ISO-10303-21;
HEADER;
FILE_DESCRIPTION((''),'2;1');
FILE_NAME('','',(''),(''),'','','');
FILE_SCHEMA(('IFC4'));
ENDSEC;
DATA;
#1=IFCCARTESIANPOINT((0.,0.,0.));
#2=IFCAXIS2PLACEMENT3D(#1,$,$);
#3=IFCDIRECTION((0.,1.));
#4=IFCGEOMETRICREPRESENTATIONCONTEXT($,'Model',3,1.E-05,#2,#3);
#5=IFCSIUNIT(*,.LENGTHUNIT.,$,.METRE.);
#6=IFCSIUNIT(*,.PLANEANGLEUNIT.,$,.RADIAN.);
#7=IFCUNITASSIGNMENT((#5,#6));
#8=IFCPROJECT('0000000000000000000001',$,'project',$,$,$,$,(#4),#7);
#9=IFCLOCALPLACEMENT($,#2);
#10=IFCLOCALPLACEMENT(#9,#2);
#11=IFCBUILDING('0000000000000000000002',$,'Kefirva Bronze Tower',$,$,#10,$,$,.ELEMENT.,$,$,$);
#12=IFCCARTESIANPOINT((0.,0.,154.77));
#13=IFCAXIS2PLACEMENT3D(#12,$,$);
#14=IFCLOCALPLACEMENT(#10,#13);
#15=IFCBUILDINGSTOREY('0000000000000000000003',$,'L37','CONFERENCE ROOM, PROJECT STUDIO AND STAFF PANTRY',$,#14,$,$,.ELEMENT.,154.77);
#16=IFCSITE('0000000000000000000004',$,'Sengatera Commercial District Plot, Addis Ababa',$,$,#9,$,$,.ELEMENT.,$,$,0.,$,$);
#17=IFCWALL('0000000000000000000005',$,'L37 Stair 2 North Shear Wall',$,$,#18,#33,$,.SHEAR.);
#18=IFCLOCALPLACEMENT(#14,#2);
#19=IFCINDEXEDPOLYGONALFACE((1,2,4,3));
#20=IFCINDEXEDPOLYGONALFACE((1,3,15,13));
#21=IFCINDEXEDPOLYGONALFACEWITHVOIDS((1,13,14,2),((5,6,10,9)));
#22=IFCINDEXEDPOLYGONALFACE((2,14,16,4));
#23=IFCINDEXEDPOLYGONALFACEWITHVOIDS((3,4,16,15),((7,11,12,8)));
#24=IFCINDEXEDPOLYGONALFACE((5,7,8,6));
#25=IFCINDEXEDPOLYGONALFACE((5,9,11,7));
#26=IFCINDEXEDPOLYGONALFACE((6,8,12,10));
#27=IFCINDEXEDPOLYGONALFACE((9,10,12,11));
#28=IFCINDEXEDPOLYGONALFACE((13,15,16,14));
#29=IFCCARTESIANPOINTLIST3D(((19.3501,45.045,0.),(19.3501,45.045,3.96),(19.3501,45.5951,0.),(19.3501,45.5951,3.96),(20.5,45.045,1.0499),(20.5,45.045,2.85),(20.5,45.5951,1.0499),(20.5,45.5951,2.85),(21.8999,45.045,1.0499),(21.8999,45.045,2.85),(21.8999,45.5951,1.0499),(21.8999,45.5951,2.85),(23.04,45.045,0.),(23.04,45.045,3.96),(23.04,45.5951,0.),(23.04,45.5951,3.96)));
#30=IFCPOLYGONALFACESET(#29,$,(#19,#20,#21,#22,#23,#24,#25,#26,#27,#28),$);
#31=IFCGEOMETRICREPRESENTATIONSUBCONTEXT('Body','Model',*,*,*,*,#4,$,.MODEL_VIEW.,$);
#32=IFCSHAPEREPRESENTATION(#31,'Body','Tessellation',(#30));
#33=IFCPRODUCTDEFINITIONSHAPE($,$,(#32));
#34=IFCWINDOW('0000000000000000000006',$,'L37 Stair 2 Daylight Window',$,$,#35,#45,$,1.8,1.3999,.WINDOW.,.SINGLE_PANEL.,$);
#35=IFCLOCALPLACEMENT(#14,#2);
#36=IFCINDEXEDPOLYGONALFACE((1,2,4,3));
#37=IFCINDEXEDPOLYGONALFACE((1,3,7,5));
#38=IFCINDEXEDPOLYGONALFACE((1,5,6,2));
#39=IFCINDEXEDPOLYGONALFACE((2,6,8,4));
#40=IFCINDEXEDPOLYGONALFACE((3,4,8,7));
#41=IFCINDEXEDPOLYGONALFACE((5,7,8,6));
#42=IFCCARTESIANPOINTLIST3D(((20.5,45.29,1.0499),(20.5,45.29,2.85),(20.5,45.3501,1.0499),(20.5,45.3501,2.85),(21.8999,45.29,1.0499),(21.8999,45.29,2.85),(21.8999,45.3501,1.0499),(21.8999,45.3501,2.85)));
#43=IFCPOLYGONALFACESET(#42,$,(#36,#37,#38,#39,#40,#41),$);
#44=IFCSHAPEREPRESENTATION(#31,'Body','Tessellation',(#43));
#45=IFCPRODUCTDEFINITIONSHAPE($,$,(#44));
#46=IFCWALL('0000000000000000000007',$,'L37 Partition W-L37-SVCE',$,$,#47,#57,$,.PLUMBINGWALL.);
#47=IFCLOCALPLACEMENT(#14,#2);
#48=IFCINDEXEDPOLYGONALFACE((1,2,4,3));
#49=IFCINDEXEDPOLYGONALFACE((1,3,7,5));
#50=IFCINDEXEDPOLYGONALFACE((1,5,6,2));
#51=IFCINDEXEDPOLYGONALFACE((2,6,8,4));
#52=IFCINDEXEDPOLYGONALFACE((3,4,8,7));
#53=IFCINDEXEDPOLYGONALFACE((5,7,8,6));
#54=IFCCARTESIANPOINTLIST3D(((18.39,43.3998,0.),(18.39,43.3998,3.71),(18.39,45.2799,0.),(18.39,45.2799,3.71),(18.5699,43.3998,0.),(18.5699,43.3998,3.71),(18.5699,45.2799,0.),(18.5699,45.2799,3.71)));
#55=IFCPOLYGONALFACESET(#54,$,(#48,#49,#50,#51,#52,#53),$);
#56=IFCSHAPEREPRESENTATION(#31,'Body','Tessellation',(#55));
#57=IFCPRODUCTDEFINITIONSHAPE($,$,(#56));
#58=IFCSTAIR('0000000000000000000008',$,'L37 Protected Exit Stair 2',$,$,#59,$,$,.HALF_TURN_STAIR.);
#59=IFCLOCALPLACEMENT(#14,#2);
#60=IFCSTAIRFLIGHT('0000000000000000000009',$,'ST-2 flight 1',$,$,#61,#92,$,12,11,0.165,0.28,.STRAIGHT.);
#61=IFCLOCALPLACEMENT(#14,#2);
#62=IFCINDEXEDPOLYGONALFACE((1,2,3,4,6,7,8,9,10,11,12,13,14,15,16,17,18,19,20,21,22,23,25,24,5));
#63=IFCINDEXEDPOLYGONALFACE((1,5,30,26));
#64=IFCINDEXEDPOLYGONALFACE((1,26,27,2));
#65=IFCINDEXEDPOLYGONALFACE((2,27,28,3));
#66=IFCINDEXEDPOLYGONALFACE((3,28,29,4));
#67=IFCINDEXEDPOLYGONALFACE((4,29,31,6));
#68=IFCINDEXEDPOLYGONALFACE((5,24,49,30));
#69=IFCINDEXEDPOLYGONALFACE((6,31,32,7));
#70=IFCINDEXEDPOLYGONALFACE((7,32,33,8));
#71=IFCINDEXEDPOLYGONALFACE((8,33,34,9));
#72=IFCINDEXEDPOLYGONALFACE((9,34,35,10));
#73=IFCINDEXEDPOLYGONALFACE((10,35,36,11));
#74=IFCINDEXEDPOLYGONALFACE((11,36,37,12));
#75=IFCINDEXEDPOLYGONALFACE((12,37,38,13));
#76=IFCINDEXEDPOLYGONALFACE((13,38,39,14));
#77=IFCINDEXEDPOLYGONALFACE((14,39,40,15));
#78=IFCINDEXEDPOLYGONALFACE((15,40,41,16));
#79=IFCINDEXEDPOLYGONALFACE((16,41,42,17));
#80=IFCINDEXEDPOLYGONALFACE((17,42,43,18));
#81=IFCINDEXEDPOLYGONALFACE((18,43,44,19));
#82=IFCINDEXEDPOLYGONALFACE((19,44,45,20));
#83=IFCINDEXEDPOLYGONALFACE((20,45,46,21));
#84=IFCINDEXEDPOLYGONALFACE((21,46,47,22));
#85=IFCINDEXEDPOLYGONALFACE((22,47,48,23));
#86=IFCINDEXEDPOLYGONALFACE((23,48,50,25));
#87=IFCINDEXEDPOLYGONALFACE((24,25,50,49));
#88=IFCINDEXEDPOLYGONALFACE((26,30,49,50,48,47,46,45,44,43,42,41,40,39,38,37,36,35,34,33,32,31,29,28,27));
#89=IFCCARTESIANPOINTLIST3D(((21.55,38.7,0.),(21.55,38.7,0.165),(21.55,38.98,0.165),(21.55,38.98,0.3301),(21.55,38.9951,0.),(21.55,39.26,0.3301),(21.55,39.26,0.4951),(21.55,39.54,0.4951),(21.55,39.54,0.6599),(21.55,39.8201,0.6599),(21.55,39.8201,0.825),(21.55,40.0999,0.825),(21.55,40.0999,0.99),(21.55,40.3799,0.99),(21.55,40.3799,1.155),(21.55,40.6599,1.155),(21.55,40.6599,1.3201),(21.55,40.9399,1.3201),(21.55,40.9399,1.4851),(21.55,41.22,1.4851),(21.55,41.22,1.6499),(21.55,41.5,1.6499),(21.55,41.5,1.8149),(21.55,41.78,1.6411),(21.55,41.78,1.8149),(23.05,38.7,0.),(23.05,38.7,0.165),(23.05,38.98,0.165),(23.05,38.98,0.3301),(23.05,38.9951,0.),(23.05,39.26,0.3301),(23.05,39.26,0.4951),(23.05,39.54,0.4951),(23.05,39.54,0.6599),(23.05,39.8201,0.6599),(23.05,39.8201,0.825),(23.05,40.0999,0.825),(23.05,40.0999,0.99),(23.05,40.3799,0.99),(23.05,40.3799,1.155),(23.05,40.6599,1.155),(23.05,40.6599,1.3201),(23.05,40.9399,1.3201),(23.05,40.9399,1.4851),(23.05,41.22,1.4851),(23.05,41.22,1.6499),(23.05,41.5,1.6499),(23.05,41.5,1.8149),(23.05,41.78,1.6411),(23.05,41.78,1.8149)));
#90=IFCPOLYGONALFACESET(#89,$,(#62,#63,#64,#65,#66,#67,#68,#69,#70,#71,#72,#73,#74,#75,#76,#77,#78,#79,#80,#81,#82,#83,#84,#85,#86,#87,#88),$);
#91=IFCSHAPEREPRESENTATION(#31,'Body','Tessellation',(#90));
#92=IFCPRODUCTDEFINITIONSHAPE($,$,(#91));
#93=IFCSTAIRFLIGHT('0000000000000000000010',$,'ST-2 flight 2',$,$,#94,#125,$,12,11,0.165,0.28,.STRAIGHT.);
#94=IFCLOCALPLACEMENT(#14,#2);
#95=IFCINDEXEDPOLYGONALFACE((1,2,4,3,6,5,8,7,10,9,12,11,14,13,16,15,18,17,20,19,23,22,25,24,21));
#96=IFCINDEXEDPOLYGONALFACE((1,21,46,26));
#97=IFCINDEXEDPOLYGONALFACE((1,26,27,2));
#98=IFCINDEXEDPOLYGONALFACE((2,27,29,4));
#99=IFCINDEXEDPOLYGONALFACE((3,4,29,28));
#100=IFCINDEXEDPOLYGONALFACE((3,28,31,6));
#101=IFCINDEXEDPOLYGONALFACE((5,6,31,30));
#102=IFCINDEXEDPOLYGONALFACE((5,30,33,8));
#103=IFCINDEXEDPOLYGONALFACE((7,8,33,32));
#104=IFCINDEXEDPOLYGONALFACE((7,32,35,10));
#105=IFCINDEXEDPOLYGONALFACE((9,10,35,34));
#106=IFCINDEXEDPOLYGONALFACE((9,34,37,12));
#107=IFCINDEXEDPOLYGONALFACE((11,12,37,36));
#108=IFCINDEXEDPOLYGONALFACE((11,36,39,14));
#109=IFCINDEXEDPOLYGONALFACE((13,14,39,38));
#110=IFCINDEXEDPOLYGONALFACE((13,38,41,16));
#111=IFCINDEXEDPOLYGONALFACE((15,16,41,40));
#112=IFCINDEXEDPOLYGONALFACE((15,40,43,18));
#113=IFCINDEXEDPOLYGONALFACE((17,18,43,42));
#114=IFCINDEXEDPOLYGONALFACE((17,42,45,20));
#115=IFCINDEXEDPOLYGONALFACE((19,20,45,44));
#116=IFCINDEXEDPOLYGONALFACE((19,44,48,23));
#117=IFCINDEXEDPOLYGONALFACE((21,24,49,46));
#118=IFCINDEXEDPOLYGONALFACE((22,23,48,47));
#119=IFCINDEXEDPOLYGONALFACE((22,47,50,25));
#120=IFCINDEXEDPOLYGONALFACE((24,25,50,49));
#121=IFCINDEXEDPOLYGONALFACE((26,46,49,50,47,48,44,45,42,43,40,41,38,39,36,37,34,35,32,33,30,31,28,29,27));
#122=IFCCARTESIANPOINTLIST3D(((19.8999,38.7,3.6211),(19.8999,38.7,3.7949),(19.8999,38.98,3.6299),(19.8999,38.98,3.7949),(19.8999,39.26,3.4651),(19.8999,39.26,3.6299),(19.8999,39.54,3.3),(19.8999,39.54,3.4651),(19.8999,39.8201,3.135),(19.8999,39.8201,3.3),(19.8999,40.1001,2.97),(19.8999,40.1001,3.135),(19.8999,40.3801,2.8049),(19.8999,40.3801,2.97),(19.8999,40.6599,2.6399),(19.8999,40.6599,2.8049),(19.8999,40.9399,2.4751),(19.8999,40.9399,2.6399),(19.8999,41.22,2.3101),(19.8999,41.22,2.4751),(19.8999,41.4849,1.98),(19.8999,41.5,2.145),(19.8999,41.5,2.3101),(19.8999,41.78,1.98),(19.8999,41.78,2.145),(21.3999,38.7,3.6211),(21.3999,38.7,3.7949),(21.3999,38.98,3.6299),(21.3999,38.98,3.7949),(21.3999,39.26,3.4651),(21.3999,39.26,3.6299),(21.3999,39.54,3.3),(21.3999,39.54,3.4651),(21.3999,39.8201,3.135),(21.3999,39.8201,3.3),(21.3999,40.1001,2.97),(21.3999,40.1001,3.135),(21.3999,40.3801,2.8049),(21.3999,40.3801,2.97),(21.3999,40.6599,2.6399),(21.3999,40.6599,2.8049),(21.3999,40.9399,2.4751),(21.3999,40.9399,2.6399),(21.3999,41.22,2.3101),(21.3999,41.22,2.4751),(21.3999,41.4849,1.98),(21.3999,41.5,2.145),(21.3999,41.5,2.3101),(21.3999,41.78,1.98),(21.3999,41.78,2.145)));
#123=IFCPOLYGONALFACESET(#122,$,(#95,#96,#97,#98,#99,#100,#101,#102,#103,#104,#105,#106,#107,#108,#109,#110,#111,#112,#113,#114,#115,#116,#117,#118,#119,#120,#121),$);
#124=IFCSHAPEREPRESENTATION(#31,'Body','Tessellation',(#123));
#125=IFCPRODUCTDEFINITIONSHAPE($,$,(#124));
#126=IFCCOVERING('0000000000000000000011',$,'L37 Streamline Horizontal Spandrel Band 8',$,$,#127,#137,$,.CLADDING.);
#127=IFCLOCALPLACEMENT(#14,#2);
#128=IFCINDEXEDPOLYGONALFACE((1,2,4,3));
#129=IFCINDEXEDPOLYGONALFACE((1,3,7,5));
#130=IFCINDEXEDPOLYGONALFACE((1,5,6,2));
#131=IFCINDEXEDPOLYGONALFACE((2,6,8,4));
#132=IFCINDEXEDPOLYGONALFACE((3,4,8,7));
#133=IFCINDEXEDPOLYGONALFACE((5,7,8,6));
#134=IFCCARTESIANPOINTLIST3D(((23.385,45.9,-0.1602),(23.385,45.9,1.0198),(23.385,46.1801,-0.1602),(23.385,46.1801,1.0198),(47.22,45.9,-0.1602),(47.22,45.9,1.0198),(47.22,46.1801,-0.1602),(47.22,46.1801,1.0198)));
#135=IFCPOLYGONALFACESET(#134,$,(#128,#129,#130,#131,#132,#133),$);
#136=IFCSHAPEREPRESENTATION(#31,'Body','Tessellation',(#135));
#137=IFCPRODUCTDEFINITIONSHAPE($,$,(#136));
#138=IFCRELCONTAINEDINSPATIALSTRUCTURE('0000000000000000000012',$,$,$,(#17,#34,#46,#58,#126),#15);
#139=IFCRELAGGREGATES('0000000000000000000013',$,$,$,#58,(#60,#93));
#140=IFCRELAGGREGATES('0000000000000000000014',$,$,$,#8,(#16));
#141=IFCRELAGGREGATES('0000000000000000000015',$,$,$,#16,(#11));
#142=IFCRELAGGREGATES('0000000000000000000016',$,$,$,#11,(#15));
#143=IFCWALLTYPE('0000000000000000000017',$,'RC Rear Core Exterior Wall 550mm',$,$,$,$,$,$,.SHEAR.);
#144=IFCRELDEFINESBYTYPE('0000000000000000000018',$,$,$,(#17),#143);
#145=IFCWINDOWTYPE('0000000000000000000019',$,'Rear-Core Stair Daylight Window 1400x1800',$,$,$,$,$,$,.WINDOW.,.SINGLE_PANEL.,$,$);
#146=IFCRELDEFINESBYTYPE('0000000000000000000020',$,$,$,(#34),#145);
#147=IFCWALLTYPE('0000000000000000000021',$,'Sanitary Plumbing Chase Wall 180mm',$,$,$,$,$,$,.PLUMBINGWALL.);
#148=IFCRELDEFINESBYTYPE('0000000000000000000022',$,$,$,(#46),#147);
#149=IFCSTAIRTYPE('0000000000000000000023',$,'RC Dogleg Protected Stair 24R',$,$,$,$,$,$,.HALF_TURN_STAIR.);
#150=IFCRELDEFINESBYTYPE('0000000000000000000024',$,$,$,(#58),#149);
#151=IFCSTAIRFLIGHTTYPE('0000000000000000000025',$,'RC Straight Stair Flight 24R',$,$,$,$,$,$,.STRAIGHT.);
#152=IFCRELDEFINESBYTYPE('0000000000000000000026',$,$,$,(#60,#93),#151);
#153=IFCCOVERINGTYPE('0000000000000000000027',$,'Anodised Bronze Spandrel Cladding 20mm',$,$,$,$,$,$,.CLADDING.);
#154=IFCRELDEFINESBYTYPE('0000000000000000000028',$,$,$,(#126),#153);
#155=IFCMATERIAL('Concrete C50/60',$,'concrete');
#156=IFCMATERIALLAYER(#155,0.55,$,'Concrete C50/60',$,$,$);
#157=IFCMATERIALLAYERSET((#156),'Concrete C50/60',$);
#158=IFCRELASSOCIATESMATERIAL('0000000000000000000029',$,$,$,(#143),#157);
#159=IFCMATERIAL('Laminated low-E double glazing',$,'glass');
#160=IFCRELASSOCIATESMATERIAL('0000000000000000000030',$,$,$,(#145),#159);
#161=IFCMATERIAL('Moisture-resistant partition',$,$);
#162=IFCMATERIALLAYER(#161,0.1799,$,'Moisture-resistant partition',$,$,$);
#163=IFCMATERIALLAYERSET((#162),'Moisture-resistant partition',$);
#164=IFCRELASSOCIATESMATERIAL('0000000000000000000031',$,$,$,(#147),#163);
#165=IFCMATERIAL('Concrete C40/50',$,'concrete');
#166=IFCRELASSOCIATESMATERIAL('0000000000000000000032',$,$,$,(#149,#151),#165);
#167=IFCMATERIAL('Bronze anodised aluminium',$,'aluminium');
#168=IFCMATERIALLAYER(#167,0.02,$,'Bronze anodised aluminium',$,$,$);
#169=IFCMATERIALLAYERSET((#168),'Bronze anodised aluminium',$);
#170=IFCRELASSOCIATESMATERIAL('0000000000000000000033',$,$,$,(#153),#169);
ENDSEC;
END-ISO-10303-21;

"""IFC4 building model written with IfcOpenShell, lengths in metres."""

from ifc_helpers import new_model, si_unit, direction, frame, frame_2d, origin, origin_2d, place, context, subcontext, project, spatial, polyline, rectangle, outline, extrude, material, layer, layer_set, type_object, element, fill, aggregate, save


model = new_model("IFC4")

# Units and contexts
model_context = context("Model", 3, precision=1e-05, world=origin(), true_north=direction((0.0, 1.0)))
body_context = subcontext(model_context, "Body", "Model", "MODEL_VIEW")
ifc_project = project(units=[si_unit("LENGTHUNIT", "METRE"), si_unit("PLANEANGLEUNIT", "RADIAN")], contexts=[model_context])

# Site, building, storey
site_placement = place(None, origin())
site = spatial("IfcSite", under=ifc_project, at=site_placement, Name="Sengatera Commercial District Plot, Addis Ababa", CompositionType="ELEMENT", RefElevation=0.0)
building_placement = place(site_placement, origin())
building = spatial("IfcBuilding", under=site, at=building_placement, Name="Kefirva Bronze Tower", CompositionType="ELEMENT")
storey_placement = place(building_placement, frame((0.0, 0.0, 154.77)))
storey = spatial("IfcBuildingStorey", under=building, at=storey_placement, Name="L37", Description="CONFERENCE ROOM, PROJECT STUDIO AND STAFF PANTRY", CompositionType="ELEMENT", Elevation=154.77)

# Shared definitions
ifc_material_1 = material(Name="Bronze anodised aluminium", Category="aluminium")

# Shared definitions
ifc_material_2 = material(Name="Concrete C50/60", Category="concrete")

# Shared definitions
ifc_material_3 = material(Name="Laminated low-E double glazing", Category="glass")

# Wall, opening, window
ifc_layer_1 = layer(ifc_material_2, 0.55, Name="Concrete C50/60")
ifc_layer_set_1 = layer_set([ifc_layer_1], Name="Concrete C50/60")
wall_type_1 = type_object("IfcWallType", Name="RC Rear Core Exterior Wall 550mm", PredefinedType="SHEAR", material=ifc_layer_set_1)
wall_1_placement = place(storey_placement, frame((19.3501, 45.3201, 0.0), z_axis=(0.0, 0.0, 1.0), x_axis=(1.0, 0.0, 0.0)))
wall_1 = element("IfcWall", 1, at=wall_1_placement, inside=storey, type_object=wall_type_1, Name="L37 Stair 2 North Shear Wall", PredefinedType="SHEAR", context=body_context, shape_type="SweptSolid", body=[
    extrude(rectangle(XDim=3.6899, YDim=0.55, at=frame_2d((1.845, 0.0))), origin(), (0.0, 0.0, 1.0), 3.96),
])
opening_placement = place(wall_1_placement, frame((1.1499, 0.0, 1.05)))
opening = element("IfcOpeningElement", 2, at=opening_placement, cuts=wall_1, PredefinedType="OPENING", context=body_context, shape_type="SweptSolid", body=[
    extrude(rectangle(XDim=1.3999, YDim=1.8, at=frame_2d((0.7, 0.8999))), frame((0.0, 0.2852, 0.0), z_axis=(0.0, -1.0, 0.0), x_axis=(1.0, 0.0, 0.0)), (0.0, 0.0, 1.0), 0.5701),
])
window_type = type_object("IfcWindowType", Name="Rear-Core Stair Daylight Window 1400x1800", PartitioningType="SINGLE_PANEL", PredefinedType="WINDOW", material=ifc_material_3)
window_placement = place(opening_placement, origin())
window = element("IfcWindow", 3, at=window_placement, inside=storey, type_object=window_type, Name="L37 Stair 2 Daylight Window", OverallHeight=1.8, OverallWidth=1.3999, PartitioningType="SINGLE_PANEL", PredefinedType="WINDOW", context=body_context, shape_type="SweptSolid", body=[
    extrude(rectangle(XDim=1.3999, YDim=1.8, at=frame_2d((0.7, 0.8999))), frame((0.0, 0.03, 0.0), z_axis=(0.0, -1.0, 0.0), x_axis=(1.0, 0.0, 0.0)), (0.0, 0.0, 1.0), 0.0601),
])
fill(opening, window)

# Wall
ifc_material_4 = material(Name="Moisture-resistant partition")
ifc_layer_2 = layer(ifc_material_4, 0.1799, Name="Moisture-resistant partition")
ifc_layer_set_2 = layer_set([ifc_layer_2], Name="Moisture-resistant partition")
wall_type_2 = type_object("IfcWallType", Name="Sanitary Plumbing Chase Wall 180mm", PredefinedType="PLUMBINGWALL", material=ifc_layer_set_2)
wall_2_placement = place(storey_placement, frame((18.48, 43.3999, 0.0), z_axis=(0.0, 0.0, 1.0), x_axis=(0.0, 1.0, 0.0)))
element("IfcWall", 4, at=wall_2_placement, inside=storey, type_object=wall_type_2, Name="L37 Partition W-L37-SVCE", PredefinedType="PLUMBINGWALL", context=body_context, shape_type="SweptSolid", body=[
    extrude(rectangle(XDim=1.8801, YDim=0.1799, at=frame_2d((0.9399, 0.0))), origin(), (0.0, 0.0, 1.0), 3.71),
])

# Stair, stair flights
ifc_material_5 = material(Name="Concrete C40/50", Category="concrete")
stair_type = type_object("IfcStairType", Name="RC Dogleg Protected Stair 24R", PredefinedType="HALF_TURN_STAIR", material=ifc_material_5)
stair_placement = place(storey_placement, origin())
stair = element("IfcStair", 5, at=stair_placement, inside=storey, type_object=stair_type, Name="L37 Protected Exit Stair 2", PredefinedType="HALF_TURN_STAIR")
stair_flight_type = type_object("IfcStairFlightType", Name="RC Straight Stair Flight 24R", PredefinedType="STRAIGHT", material=ifc_material_5)
stair_flight_1_placement = place(storey_placement, frame((22.3, 38.7, 0.0), z_axis=(0.0, 0.0, 1.0), x_axis=(0.0, 1.0, 0.0)))
stair_flight_1 = element("IfcStairFlight", 6, at=stair_flight_1_placement, type_object=stair_flight_type, Name="ST-2 flight 1", NumberOfRisers=12, NumberOfTreads=11, PredefinedType="STRAIGHT", RiserHeight=0.165, TreadLength=0.28, context=body_context, shape_type="SweptSolid", body=[
    extrude(outline(polyline([(0.0, 0.0), (0.0, 0.165), (0.28, 0.165), (0.28, 0.3301), (0.5601, 0.3301), (0.5601, 0.4951), (0.8401, 0.4951), (0.8401, 0.6599), (1.1201, 0.6599), (1.1201, 0.825), (1.3999, 0.825), (1.3999, 0.99), (1.6799, 0.99), (1.6799, 1.155), (1.96, 1.155), (1.96, 1.3201), (2.24, 1.3201), (2.24, 1.4851), (2.52, 1.4851), (2.52, 1.6499), (2.8, 1.6499), (2.8, 1.8149), (3.0801, 1.8149), (3.0801, 1.98), (3.0801, 1.6411), (0.2952, 0.0), (0.0, 0.0)])), frame((0.0, 0.75, 0.0), z_axis=(0.0, -1.0, 0.0), x_axis=(1.0, 0.0, 0.0)), (0.0, 0.0, 1.0), 1.5),
])
stair_flight_2_placement = place(storey_placement, frame((20.6499, 41.78, 1.98), z_axis=(0.0, 0.0, 1.0), x_axis=(0.0, -1.0, 0.0)))
stair_flight_2 = element("IfcStairFlight", 7, at=stair_flight_2_placement, type_object=stair_flight_type, Name="ST-2 flight 2", NumberOfRisers=12, NumberOfTreads=11, PredefinedType="STRAIGHT", RiserHeight=0.165, TreadLength=0.28, context=body_context, shape_type="SweptSolid", body=[
    extrude(outline(polyline([(0.0, 0.0), (0.0, 0.165), (0.28, 0.165), (0.28, 0.3301), (0.5601, 0.3301), (0.5601, 0.4951), (0.8401, 0.4951), (0.8401, 0.6599), (1.1201, 0.6599), (1.1201, 0.825), (1.3999, 0.825), (1.3999, 0.99), (1.6799, 0.99), (1.6799, 1.155), (1.96, 1.155), (1.96, 1.3201), (2.24, 1.3201), (2.24, 1.4851), (2.52, 1.4851), (2.52, 1.6499), (2.8, 1.6499), (2.8, 1.8149), (3.0801, 1.8149), (3.0801, 1.98), (3.0801, 1.6411), (0.2952, 0.0), (0.0, 0.0)])), frame((0.0, 0.75, 0.0), z_axis=(0.0, -1.0, 0.0), x_axis=(1.0, 0.0, 0.0)), (0.0, 0.0, 1.0), 1.5),
])
aggregate(stair, [stair_flight_1, stair_flight_2])

# Covering
ifc_layer_3 = layer(ifc_material_1, 0.02, Name="Bronze anodised aluminium")
ifc_layer_set_3 = layer_set([ifc_layer_3], Name="Bronze anodised aluminium")
covering_type_1 = type_object("IfcCoveringType", Name="Anodised Bronze Spandrel Cladding 20mm", PredefinedType="CLADDING", material=ifc_layer_set_3)
covering_1_placement = place(storey_placement, frame((35.3025, 46.04, -0.1602), z_axis=(0.0, 0.0, 1.0), x_axis=(-1.0, 0.0, 0.0)))
element("IfcCovering", 8, at=covering_1_placement, inside=storey, type_object=covering_type_1, Name="L37 Streamline Horizontal Spandrel Band 8", PredefinedType="CLADDING", context=body_context, shape_type="SweptSolid", body=[
    extrude(rectangle(XDim=23.835, YDim=0.28, at=origin_2d()), origin(), (0.0, 0.0, 1.0), 1.1799),
])

save(model, "model.ifc")
